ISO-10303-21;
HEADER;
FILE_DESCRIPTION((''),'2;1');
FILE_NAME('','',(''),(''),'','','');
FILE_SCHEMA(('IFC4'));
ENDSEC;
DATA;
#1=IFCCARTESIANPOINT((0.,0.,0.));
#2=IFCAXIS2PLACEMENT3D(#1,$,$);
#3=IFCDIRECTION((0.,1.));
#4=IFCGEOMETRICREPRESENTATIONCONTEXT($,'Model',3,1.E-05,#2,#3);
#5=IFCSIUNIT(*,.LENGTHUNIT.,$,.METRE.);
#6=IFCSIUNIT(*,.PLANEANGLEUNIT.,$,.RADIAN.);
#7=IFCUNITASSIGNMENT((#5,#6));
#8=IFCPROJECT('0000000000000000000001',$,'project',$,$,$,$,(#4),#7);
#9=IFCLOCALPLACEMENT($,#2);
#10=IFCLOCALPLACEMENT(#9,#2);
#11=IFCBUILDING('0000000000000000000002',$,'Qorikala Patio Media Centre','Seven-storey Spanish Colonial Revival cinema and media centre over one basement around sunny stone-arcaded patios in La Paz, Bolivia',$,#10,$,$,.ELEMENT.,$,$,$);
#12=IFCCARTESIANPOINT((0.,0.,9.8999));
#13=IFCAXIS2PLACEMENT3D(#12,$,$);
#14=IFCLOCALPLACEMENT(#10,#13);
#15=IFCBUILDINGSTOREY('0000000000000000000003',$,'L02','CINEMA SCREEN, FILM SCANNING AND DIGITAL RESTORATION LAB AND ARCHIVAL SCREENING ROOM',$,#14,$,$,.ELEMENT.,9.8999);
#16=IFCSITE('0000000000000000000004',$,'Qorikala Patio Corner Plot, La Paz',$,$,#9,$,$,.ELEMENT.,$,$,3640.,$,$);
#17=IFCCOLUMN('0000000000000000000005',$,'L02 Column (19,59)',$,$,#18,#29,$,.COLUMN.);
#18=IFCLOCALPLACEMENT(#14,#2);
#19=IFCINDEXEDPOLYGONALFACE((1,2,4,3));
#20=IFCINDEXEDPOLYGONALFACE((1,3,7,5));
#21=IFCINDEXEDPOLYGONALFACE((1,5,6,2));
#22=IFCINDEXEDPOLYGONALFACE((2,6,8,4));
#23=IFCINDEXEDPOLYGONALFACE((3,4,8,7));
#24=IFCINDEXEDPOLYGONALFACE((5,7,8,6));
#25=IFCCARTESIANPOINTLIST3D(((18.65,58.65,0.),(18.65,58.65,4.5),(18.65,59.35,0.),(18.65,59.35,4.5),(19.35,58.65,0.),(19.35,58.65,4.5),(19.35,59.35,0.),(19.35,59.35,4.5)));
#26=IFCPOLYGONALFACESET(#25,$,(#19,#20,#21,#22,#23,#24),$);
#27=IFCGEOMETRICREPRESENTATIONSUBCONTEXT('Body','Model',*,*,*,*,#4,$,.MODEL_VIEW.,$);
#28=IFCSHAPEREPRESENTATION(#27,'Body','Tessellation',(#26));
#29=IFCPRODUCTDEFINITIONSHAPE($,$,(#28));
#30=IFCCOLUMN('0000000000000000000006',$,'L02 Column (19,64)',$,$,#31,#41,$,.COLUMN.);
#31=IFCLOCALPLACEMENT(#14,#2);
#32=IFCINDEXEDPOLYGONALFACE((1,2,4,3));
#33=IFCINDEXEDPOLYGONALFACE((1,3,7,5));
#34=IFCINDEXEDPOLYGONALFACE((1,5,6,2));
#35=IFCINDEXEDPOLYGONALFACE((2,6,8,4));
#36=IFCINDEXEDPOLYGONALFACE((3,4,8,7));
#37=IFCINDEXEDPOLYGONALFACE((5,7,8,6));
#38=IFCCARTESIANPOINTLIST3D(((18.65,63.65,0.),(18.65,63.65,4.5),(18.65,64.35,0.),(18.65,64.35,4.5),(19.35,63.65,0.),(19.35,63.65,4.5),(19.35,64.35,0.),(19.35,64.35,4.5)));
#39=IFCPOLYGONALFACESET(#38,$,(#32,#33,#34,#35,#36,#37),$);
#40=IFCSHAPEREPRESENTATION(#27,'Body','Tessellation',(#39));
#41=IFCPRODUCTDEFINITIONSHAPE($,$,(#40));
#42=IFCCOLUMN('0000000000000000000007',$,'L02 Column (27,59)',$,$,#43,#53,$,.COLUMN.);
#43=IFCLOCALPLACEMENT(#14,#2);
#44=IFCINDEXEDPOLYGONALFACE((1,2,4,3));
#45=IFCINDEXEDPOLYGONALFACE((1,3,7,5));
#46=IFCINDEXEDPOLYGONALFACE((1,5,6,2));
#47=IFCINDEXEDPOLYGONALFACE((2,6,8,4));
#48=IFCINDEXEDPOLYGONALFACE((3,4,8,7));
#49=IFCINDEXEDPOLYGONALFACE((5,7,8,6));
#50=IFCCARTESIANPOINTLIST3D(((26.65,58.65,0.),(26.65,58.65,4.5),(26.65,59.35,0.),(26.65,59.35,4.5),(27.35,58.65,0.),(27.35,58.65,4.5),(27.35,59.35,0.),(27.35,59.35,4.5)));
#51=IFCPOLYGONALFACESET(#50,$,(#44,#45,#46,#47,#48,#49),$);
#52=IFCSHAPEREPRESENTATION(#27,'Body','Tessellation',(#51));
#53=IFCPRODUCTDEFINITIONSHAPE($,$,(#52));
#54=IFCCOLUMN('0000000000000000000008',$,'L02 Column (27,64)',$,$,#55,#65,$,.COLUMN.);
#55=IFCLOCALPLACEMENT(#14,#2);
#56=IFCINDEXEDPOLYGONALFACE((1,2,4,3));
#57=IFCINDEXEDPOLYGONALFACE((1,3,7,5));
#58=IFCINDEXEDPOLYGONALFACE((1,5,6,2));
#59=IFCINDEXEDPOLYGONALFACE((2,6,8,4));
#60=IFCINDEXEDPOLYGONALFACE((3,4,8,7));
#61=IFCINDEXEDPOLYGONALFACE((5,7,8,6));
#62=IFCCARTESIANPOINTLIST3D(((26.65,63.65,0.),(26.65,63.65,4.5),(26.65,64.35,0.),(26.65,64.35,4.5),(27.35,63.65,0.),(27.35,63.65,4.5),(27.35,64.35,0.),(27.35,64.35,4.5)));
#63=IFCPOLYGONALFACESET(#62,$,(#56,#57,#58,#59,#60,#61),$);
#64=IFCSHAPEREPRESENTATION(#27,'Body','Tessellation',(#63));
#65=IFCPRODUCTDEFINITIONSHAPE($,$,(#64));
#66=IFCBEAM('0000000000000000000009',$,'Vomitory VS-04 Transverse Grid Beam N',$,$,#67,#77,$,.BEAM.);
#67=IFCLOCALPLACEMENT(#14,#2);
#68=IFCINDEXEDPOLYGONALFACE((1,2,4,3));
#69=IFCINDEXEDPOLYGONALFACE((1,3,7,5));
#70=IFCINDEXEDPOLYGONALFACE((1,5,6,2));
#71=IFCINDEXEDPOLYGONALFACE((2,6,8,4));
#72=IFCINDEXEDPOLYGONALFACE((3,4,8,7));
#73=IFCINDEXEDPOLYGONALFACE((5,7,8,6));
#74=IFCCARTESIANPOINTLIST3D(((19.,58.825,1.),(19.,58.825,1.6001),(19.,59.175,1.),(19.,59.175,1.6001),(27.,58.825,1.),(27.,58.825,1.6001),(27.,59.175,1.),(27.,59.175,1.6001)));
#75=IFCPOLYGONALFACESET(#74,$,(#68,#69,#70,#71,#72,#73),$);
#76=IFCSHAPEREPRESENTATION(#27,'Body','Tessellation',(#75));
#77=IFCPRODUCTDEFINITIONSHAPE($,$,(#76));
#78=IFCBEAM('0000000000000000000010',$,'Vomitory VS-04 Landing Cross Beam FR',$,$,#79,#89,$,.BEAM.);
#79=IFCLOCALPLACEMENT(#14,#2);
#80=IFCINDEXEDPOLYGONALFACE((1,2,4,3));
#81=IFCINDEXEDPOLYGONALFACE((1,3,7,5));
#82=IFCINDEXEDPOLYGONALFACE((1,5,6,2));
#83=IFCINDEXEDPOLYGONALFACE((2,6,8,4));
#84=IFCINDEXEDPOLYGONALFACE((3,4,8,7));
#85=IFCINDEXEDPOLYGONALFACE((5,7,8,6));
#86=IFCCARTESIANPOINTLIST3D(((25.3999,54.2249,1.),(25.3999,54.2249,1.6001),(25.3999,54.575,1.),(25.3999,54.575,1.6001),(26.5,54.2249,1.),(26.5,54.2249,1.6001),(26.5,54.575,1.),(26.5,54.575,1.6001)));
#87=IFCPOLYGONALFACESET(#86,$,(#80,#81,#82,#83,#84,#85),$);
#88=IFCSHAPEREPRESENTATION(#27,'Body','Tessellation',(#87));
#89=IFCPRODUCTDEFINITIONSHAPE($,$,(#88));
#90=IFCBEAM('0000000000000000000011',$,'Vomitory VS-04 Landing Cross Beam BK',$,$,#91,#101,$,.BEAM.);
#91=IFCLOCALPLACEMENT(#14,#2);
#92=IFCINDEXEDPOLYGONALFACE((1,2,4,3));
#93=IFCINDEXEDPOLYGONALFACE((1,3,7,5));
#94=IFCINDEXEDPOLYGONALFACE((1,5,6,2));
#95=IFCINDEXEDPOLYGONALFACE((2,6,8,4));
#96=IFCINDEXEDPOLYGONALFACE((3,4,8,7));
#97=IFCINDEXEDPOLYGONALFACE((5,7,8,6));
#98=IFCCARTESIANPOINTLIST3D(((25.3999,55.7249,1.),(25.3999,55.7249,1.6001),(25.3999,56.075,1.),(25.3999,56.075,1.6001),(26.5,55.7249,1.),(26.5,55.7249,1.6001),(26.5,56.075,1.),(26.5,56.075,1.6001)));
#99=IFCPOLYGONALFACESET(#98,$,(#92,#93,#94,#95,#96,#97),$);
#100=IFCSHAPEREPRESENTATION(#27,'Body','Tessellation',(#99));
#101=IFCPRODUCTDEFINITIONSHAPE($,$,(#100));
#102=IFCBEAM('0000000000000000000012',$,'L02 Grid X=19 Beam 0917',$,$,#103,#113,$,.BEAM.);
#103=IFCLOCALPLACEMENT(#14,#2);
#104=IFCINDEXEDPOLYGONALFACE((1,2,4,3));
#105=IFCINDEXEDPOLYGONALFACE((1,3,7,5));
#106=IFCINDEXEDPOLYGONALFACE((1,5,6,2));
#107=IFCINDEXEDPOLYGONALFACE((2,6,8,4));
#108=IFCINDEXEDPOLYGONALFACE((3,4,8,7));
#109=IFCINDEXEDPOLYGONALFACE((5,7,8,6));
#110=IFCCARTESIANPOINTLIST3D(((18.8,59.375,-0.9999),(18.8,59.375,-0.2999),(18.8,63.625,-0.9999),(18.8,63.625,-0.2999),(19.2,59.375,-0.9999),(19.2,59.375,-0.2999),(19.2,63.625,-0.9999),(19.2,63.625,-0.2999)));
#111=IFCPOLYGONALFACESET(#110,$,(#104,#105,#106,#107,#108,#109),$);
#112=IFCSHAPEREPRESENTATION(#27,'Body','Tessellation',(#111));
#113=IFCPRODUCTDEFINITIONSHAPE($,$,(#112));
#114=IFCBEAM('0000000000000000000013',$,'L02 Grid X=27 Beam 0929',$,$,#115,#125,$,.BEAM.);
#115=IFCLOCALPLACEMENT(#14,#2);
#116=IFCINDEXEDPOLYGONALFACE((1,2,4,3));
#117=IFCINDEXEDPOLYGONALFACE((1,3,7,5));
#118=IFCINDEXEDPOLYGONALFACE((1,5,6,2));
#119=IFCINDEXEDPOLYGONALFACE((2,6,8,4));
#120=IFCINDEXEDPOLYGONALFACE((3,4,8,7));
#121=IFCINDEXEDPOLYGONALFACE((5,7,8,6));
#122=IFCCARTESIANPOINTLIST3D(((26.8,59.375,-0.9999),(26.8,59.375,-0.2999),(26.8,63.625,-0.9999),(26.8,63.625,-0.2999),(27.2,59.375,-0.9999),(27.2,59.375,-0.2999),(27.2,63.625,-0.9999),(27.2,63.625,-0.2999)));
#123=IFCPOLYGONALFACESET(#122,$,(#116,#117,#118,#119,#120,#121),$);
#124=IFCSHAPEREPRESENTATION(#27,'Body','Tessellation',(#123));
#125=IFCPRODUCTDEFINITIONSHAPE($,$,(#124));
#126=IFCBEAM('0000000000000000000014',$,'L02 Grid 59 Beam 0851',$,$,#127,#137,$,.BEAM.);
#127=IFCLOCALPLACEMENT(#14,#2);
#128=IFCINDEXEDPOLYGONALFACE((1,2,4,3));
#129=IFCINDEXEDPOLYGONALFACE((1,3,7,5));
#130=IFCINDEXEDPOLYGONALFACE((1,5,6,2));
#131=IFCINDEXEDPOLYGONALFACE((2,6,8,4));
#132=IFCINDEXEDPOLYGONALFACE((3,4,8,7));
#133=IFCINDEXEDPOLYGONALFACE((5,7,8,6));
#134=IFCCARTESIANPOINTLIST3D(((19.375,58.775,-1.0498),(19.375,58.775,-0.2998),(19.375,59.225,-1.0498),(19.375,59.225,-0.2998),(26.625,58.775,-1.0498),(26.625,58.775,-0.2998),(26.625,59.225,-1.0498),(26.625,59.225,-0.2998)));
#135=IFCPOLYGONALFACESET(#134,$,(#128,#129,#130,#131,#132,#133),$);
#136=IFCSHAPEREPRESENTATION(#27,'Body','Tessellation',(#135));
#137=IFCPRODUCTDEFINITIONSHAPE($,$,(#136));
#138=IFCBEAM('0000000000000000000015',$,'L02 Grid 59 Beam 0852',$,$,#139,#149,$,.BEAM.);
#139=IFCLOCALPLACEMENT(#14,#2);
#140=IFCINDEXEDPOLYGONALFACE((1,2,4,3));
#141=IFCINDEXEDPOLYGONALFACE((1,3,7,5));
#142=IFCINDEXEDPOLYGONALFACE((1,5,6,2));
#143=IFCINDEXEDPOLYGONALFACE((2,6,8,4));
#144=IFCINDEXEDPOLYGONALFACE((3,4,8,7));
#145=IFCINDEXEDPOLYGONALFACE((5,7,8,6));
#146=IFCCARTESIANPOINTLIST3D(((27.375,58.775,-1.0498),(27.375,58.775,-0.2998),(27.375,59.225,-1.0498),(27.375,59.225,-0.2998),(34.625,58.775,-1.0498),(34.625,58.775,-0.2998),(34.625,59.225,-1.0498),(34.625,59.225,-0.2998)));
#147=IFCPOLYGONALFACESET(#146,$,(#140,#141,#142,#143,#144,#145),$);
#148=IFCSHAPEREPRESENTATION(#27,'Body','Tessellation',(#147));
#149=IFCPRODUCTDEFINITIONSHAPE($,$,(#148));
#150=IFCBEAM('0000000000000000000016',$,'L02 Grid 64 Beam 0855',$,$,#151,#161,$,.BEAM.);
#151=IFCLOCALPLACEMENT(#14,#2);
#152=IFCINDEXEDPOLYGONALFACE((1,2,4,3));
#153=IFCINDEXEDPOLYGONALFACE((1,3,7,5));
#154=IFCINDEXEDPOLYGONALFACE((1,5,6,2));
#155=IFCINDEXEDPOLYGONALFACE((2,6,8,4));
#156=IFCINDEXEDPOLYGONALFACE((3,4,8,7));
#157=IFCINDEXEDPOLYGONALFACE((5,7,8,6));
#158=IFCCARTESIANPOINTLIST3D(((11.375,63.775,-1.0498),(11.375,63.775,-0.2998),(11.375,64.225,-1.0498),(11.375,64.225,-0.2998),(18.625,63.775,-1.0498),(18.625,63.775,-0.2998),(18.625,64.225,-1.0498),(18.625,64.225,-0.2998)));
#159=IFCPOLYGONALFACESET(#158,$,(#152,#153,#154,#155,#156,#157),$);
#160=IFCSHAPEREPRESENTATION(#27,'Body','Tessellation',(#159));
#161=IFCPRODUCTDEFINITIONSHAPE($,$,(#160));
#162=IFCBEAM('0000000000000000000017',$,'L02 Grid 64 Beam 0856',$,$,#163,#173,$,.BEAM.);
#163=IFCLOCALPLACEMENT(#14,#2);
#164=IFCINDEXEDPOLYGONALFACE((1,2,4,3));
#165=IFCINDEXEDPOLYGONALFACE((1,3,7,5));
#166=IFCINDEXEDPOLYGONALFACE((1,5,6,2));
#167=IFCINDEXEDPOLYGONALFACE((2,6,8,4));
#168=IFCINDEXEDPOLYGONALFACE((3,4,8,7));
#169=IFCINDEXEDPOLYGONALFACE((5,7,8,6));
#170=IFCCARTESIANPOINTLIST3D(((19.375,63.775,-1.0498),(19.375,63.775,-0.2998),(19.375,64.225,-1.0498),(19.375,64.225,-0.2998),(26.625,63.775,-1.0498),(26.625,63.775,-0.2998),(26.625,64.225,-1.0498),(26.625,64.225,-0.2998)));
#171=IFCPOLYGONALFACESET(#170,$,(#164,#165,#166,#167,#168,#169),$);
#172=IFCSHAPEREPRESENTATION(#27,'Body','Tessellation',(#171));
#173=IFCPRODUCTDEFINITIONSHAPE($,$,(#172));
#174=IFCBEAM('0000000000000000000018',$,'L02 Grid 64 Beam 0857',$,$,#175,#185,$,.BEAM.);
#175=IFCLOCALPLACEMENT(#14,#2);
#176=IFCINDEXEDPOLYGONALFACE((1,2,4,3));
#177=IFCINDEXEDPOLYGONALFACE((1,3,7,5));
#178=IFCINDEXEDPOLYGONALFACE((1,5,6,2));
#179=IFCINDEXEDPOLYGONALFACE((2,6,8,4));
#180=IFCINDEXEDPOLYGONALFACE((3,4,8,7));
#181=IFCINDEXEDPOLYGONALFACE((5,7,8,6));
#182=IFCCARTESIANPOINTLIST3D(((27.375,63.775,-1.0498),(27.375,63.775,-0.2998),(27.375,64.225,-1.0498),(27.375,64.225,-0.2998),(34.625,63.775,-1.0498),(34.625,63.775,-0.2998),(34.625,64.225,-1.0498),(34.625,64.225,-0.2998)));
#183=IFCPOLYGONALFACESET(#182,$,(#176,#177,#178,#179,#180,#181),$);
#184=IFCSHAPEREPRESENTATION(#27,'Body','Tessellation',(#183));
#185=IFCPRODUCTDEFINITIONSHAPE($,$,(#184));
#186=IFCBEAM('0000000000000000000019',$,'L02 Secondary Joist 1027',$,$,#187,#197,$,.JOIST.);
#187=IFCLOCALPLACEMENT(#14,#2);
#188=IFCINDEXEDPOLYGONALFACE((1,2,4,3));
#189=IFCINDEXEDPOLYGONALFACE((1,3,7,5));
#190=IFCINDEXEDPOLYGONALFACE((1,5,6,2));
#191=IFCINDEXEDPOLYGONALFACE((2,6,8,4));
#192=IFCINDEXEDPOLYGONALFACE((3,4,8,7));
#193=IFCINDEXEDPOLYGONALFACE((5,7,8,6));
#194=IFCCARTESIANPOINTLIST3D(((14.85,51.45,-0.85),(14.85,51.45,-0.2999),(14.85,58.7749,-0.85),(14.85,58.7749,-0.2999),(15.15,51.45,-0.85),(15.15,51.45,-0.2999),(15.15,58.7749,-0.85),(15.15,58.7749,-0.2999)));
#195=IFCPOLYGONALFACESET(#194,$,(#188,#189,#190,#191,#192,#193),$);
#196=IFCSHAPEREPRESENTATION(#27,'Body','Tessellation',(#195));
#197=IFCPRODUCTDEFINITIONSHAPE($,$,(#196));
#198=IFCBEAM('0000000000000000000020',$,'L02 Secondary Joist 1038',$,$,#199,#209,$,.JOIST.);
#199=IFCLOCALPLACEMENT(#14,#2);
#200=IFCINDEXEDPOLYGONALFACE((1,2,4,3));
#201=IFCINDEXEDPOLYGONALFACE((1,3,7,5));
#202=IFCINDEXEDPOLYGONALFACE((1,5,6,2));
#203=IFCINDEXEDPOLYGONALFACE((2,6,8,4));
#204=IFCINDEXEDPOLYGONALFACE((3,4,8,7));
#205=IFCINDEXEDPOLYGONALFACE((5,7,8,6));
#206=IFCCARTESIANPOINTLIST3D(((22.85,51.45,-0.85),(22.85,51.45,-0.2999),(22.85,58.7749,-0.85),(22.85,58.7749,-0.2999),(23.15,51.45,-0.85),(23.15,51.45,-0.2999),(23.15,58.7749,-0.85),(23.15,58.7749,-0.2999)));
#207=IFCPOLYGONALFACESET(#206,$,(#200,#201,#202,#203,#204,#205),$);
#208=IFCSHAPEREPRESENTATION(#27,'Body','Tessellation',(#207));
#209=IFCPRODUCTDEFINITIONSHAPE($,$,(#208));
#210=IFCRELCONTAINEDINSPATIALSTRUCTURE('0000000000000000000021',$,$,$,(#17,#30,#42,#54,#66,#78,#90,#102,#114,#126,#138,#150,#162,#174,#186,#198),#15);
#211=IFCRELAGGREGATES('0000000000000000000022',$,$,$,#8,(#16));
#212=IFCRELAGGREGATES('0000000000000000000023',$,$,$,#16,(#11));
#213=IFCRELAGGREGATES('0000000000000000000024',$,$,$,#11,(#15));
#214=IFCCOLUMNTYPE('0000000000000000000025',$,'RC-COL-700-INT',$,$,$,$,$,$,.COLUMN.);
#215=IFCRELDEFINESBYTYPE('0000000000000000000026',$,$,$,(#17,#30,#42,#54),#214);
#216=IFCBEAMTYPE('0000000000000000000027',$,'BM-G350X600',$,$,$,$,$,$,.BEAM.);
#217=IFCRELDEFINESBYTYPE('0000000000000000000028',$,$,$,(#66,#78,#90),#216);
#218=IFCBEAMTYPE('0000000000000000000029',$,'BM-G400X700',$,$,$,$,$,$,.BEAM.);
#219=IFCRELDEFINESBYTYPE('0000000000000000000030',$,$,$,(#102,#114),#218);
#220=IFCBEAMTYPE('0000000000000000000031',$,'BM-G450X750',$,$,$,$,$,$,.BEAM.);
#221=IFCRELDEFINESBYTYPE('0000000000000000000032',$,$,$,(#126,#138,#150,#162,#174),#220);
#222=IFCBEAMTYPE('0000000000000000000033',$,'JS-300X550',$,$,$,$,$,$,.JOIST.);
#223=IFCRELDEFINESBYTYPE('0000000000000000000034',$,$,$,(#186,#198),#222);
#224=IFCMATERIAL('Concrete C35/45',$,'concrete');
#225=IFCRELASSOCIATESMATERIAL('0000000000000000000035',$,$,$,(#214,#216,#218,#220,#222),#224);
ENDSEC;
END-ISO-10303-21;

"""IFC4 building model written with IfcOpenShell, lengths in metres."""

from ifc_helpers import new_model, si_unit, direction, frame, origin, origin_2d, place, context, subcontext, project, spatial, rectangle, extrude, material, material_profile, profile_set, type_object, element, save


model = new_model("IFC4")

# Units and contexts
model_context = context("Model", 3, precision=1e-05, world=origin(), true_north=direction((0.0, 1.0)))
body_context = subcontext(model_context, "Body", "Model", "MODEL_VIEW")
ifc_project = project(units=[si_unit("LENGTHUNIT", "METRE"), si_unit("PLANEANGLEUNIT", "RADIAN")], contexts=[model_context])

# Site, building, storey
site_placement = place(None, origin())
site = spatial("IfcSite", under=ifc_project, at=site_placement, Name="Qorikala Patio Corner Plot, La Paz", CompositionType="ELEMENT", RefElevation=3640.0)
building_placement = place(site_placement, origin())
building = spatial("IfcBuilding", under=site, at=building_placement, Name="Qorikala Patio Media Centre", Description="Seven-storey Spanish Colonial Revival cinema and media centre over one basement around sunny stone-arcaded patios in La Paz, Bolivia", CompositionType="ELEMENT")
storey_placement = place(building_placement, frame((0.0, 0.0, 9.8999)))
storey = spatial("IfcBuildingStorey", under=building, at=storey_placement, Name="L02", Description="CINEMA SCREEN, FILM SCANNING AND DIGITAL RESTORATION LAB AND ARCHIVAL SCREENING ROOM", CompositionType="ELEMENT", Elevation=9.8999)

# Columns
ifc_material_1 = material(Name="Concrete C35/45", Category="concrete")
ifc_material_profile_1 = material_profile(ifc_material_1, rectangle(XDim=0.7, YDim=0.7, at=origin_2d()), Name="RC 700x700")
ifc_profile_set_1 = profile_set([ifc_material_profile_1], Name="Concrete C35/45")
column_type = type_object("IfcColumnType", Name="RC-COL-700-INT", PredefinedType="COLUMN", material=ifc_profile_set_1)
for number, where, z_axis, x_axis, name in (
    (1, (19.0, 59.0, 0.0), (0.0, 0.0, 1.0), (1.0, 0.0, 0.0), "L02 Column (19,59)"),
    (2, (19.0, 64.0, 0.0), (0.0, 0.0, 1.0), (1.0, 0.0, 0.0), "L02 Column (19,64)"),
    (3, (27.0, 59.0, 0.0), (0.0, 0.0, 1.0), (1.0, 0.0, 0.0), "L02 Column (27,59)"),
    (4, (27.0, 64.0, 0.0), (0.0, 0.0, 1.0), (1.0, 0.0, 0.0), "L02 Column (27,64)"),
):
    element("IfcColumn", number, at=place(storey_placement, frame(where, z_axis=z_axis, x_axis=x_axis)), inside=storey, type_object=column_type, Name=name, PredefinedType="COLUMN", context=body_context, shape_type="SweptSolid", body=[
        extrude(rectangle(XDim=0.7, YDim=0.7, at=origin_2d()), origin(), (0.0, 0.0, 1.0), 4.5),
    ])

# Beams
ifc_material_profile_2 = material_profile(ifc_material_1, rectangle(XDim=0.3501, YDim=0.6001, at=origin_2d()), Name="RC 350x600")
ifc_profile_set_2 = profile_set([ifc_material_profile_2], Name="Concrete C35/45")
beam_type_1 = type_object("IfcBeamType", Name="BM-G350X600", PredefinedType="BEAM", material=ifc_profile_set_2)
beam_1_placement = place(storey_placement, frame((19.0, 59.0, 1.3), z_axis=(1.0, 0.0, 0.0), x_axis=(0.0, 1.0, 0.0)))
element("IfcBeam", 5, at=beam_1_placement, inside=storey, type_object=beam_type_1, Name="Vomitory VS-04 Transverse Grid Beam N", PredefinedType="BEAM", context=body_context, shape_type="SweptSolid", body=[
    extrude(rectangle(XDim=0.3501, YDim=0.6001, at=origin_2d()), origin(), (0.0, 0.0, 1.0), 8.0),
])
for number, where, z_axis, x_axis, name in (
    (6, (25.3999, 54.3999, 1.3), (1.0, 0.0, 0.0), (0.0, 1.0, 0.0), "Vomitory VS-04 Landing Cross Beam FR"),
    (7, (25.3999, 55.8999, 1.3), (1.0, 0.0, 0.0), (0.0, 1.0, 0.0), "Vomitory VS-04 Landing Cross Beam BK"),
):
    element("IfcBeam", number, at=place(storey_placement, frame(where, z_axis=z_axis, x_axis=x_axis)), inside=storey, type_object=beam_type_1, Name=name, PredefinedType="BEAM", context=body_context, shape_type="SweptSolid", body=[
        extrude(rectangle(XDim=0.3501, YDim=0.6001, at=origin_2d()), origin(), (0.0, 0.0, 1.0), 1.1001),
    ])
ifc_material_profile_3 = material_profile(ifc_material_1, rectangle(XDim=0.3999, YDim=0.7, at=origin_2d()), Name="RC 400x700")
ifc_profile_set_3 = profile_set([ifc_material_profile_3], Name="Concrete C35/45")
beam_type_2 = type_object("IfcBeamType", Name="BM-G400X700", PredefinedType="BEAM", material=ifc_profile_set_3)
for number, where, z_axis, x_axis, name in (
    (8, (19.0, 59.375, -0.6499), (0.0, 1.0, 0.0), (-1.0, 0.0, 0.0), "L02 Grid X=19 Beam 0917"),
    (9, (27.0, 59.375, -0.6499), (0.0, 1.0, 0.0), (-1.0, 0.0, 0.0), "L02 Grid X=27 Beam 0929"),
):
    element("IfcBeam", number, at=place(storey_placement, frame(where, z_axis=z_axis, x_axis=x_axis)), inside=storey, type_object=beam_type_2, Name=name, PredefinedType="BEAM", context=body_context, shape_type="SweptSolid", body=[
        extrude(rectangle(XDim=0.3999, YDim=0.7, at=origin_2d()), origin(), (0.0, 0.0, 1.0), 4.25),
    ])
ifc_material_profile_4 = material_profile(ifc_material_1, rectangle(XDim=0.45, YDim=0.75, at=origin_2d()), Name="RC 450x750")
ifc_profile_set_4 = profile_set([ifc_material_profile_4], Name="Concrete C35/45")
beam_type_3 = type_object("IfcBeamType", Name="BM-G450X750", PredefinedType="BEAM", material=ifc_profile_set_4)
for number, where, z_axis, x_axis, name in (
    (10, (19.375, 59.0, -0.6748), (1.0, 0.0, 0.0), (0.0, 1.0, 0.0), "L02 Grid 59 Beam 0851"),
    (11, (27.375, 59.0, -0.6748), (1.0, 0.0, 0.0), (0.0, 1.0, 0.0), "L02 Grid 59 Beam 0852"),
    (12, (11.375, 64.0, -0.6748), (1.0, 0.0, 0.0), (0.0, 1.0, 0.0), "L02 Grid 64 Beam 0855"),
    (13, (19.375, 64.0, -0.6748), (1.0, 0.0, 0.0), (0.0, 1.0, 0.0), "L02 Grid 64 Beam 0856"),
    (14, (27.375, 64.0, -0.6748), (1.0, 0.0, 0.0), (0.0, 1.0, 0.0), "L02 Grid 64 Beam 0857"),
):
    element("IfcBeam", number, at=place(storey_placement, frame(where, z_axis=z_axis, x_axis=x_axis)), inside=storey, type_object=beam_type_3, Name=name, PredefinedType="BEAM", context=body_context, shape_type="SweptSolid", body=[
        extrude(rectangle(XDim=0.45, YDim=0.75, at=origin_2d()), origin(), (0.0, 0.0, 1.0), 7.25),
    ])
ifc_material_profile_5 = material_profile(ifc_material_1, rectangle(XDim=0.3, YDim=0.55, at=origin_2d()), Name="RC 300x550")
ifc_profile_set_5 = profile_set([ifc_material_profile_5], Name="Concrete C35/45")
beam_type_4 = type_object("IfcBeamType", Name="JS-300X550", PredefinedType="JOIST", material=ifc_profile_set_5)
for number, where, z_axis, x_axis, name in (
    (15, (15.0, 51.45, -0.575), (0.0, 1.0, 0.0), (-1.0, 0.0, 0.0), "L02 Secondary Joist 1027"),
    (16, (23.0, 51.45, -0.575), (0.0, 1.0, 0.0), (-1.0, 0.0, 0.0), "L02 Secondary Joist 1038"),
):
    element("IfcBeam", number, at=place(storey_placement, frame(where, z_axis=z_axis, x_axis=x_axis)), inside=storey, type_object=beam_type_4, Name=name, PredefinedType="JOIST", context=body_context, shape_type="SweptSolid", body=[
        extrude(rectangle(XDim=0.3, YDim=0.55, at=origin_2d()), origin(), (0.0, 0.0, 1.0), 7.325),
    ])

save(model, "model.ifc")
